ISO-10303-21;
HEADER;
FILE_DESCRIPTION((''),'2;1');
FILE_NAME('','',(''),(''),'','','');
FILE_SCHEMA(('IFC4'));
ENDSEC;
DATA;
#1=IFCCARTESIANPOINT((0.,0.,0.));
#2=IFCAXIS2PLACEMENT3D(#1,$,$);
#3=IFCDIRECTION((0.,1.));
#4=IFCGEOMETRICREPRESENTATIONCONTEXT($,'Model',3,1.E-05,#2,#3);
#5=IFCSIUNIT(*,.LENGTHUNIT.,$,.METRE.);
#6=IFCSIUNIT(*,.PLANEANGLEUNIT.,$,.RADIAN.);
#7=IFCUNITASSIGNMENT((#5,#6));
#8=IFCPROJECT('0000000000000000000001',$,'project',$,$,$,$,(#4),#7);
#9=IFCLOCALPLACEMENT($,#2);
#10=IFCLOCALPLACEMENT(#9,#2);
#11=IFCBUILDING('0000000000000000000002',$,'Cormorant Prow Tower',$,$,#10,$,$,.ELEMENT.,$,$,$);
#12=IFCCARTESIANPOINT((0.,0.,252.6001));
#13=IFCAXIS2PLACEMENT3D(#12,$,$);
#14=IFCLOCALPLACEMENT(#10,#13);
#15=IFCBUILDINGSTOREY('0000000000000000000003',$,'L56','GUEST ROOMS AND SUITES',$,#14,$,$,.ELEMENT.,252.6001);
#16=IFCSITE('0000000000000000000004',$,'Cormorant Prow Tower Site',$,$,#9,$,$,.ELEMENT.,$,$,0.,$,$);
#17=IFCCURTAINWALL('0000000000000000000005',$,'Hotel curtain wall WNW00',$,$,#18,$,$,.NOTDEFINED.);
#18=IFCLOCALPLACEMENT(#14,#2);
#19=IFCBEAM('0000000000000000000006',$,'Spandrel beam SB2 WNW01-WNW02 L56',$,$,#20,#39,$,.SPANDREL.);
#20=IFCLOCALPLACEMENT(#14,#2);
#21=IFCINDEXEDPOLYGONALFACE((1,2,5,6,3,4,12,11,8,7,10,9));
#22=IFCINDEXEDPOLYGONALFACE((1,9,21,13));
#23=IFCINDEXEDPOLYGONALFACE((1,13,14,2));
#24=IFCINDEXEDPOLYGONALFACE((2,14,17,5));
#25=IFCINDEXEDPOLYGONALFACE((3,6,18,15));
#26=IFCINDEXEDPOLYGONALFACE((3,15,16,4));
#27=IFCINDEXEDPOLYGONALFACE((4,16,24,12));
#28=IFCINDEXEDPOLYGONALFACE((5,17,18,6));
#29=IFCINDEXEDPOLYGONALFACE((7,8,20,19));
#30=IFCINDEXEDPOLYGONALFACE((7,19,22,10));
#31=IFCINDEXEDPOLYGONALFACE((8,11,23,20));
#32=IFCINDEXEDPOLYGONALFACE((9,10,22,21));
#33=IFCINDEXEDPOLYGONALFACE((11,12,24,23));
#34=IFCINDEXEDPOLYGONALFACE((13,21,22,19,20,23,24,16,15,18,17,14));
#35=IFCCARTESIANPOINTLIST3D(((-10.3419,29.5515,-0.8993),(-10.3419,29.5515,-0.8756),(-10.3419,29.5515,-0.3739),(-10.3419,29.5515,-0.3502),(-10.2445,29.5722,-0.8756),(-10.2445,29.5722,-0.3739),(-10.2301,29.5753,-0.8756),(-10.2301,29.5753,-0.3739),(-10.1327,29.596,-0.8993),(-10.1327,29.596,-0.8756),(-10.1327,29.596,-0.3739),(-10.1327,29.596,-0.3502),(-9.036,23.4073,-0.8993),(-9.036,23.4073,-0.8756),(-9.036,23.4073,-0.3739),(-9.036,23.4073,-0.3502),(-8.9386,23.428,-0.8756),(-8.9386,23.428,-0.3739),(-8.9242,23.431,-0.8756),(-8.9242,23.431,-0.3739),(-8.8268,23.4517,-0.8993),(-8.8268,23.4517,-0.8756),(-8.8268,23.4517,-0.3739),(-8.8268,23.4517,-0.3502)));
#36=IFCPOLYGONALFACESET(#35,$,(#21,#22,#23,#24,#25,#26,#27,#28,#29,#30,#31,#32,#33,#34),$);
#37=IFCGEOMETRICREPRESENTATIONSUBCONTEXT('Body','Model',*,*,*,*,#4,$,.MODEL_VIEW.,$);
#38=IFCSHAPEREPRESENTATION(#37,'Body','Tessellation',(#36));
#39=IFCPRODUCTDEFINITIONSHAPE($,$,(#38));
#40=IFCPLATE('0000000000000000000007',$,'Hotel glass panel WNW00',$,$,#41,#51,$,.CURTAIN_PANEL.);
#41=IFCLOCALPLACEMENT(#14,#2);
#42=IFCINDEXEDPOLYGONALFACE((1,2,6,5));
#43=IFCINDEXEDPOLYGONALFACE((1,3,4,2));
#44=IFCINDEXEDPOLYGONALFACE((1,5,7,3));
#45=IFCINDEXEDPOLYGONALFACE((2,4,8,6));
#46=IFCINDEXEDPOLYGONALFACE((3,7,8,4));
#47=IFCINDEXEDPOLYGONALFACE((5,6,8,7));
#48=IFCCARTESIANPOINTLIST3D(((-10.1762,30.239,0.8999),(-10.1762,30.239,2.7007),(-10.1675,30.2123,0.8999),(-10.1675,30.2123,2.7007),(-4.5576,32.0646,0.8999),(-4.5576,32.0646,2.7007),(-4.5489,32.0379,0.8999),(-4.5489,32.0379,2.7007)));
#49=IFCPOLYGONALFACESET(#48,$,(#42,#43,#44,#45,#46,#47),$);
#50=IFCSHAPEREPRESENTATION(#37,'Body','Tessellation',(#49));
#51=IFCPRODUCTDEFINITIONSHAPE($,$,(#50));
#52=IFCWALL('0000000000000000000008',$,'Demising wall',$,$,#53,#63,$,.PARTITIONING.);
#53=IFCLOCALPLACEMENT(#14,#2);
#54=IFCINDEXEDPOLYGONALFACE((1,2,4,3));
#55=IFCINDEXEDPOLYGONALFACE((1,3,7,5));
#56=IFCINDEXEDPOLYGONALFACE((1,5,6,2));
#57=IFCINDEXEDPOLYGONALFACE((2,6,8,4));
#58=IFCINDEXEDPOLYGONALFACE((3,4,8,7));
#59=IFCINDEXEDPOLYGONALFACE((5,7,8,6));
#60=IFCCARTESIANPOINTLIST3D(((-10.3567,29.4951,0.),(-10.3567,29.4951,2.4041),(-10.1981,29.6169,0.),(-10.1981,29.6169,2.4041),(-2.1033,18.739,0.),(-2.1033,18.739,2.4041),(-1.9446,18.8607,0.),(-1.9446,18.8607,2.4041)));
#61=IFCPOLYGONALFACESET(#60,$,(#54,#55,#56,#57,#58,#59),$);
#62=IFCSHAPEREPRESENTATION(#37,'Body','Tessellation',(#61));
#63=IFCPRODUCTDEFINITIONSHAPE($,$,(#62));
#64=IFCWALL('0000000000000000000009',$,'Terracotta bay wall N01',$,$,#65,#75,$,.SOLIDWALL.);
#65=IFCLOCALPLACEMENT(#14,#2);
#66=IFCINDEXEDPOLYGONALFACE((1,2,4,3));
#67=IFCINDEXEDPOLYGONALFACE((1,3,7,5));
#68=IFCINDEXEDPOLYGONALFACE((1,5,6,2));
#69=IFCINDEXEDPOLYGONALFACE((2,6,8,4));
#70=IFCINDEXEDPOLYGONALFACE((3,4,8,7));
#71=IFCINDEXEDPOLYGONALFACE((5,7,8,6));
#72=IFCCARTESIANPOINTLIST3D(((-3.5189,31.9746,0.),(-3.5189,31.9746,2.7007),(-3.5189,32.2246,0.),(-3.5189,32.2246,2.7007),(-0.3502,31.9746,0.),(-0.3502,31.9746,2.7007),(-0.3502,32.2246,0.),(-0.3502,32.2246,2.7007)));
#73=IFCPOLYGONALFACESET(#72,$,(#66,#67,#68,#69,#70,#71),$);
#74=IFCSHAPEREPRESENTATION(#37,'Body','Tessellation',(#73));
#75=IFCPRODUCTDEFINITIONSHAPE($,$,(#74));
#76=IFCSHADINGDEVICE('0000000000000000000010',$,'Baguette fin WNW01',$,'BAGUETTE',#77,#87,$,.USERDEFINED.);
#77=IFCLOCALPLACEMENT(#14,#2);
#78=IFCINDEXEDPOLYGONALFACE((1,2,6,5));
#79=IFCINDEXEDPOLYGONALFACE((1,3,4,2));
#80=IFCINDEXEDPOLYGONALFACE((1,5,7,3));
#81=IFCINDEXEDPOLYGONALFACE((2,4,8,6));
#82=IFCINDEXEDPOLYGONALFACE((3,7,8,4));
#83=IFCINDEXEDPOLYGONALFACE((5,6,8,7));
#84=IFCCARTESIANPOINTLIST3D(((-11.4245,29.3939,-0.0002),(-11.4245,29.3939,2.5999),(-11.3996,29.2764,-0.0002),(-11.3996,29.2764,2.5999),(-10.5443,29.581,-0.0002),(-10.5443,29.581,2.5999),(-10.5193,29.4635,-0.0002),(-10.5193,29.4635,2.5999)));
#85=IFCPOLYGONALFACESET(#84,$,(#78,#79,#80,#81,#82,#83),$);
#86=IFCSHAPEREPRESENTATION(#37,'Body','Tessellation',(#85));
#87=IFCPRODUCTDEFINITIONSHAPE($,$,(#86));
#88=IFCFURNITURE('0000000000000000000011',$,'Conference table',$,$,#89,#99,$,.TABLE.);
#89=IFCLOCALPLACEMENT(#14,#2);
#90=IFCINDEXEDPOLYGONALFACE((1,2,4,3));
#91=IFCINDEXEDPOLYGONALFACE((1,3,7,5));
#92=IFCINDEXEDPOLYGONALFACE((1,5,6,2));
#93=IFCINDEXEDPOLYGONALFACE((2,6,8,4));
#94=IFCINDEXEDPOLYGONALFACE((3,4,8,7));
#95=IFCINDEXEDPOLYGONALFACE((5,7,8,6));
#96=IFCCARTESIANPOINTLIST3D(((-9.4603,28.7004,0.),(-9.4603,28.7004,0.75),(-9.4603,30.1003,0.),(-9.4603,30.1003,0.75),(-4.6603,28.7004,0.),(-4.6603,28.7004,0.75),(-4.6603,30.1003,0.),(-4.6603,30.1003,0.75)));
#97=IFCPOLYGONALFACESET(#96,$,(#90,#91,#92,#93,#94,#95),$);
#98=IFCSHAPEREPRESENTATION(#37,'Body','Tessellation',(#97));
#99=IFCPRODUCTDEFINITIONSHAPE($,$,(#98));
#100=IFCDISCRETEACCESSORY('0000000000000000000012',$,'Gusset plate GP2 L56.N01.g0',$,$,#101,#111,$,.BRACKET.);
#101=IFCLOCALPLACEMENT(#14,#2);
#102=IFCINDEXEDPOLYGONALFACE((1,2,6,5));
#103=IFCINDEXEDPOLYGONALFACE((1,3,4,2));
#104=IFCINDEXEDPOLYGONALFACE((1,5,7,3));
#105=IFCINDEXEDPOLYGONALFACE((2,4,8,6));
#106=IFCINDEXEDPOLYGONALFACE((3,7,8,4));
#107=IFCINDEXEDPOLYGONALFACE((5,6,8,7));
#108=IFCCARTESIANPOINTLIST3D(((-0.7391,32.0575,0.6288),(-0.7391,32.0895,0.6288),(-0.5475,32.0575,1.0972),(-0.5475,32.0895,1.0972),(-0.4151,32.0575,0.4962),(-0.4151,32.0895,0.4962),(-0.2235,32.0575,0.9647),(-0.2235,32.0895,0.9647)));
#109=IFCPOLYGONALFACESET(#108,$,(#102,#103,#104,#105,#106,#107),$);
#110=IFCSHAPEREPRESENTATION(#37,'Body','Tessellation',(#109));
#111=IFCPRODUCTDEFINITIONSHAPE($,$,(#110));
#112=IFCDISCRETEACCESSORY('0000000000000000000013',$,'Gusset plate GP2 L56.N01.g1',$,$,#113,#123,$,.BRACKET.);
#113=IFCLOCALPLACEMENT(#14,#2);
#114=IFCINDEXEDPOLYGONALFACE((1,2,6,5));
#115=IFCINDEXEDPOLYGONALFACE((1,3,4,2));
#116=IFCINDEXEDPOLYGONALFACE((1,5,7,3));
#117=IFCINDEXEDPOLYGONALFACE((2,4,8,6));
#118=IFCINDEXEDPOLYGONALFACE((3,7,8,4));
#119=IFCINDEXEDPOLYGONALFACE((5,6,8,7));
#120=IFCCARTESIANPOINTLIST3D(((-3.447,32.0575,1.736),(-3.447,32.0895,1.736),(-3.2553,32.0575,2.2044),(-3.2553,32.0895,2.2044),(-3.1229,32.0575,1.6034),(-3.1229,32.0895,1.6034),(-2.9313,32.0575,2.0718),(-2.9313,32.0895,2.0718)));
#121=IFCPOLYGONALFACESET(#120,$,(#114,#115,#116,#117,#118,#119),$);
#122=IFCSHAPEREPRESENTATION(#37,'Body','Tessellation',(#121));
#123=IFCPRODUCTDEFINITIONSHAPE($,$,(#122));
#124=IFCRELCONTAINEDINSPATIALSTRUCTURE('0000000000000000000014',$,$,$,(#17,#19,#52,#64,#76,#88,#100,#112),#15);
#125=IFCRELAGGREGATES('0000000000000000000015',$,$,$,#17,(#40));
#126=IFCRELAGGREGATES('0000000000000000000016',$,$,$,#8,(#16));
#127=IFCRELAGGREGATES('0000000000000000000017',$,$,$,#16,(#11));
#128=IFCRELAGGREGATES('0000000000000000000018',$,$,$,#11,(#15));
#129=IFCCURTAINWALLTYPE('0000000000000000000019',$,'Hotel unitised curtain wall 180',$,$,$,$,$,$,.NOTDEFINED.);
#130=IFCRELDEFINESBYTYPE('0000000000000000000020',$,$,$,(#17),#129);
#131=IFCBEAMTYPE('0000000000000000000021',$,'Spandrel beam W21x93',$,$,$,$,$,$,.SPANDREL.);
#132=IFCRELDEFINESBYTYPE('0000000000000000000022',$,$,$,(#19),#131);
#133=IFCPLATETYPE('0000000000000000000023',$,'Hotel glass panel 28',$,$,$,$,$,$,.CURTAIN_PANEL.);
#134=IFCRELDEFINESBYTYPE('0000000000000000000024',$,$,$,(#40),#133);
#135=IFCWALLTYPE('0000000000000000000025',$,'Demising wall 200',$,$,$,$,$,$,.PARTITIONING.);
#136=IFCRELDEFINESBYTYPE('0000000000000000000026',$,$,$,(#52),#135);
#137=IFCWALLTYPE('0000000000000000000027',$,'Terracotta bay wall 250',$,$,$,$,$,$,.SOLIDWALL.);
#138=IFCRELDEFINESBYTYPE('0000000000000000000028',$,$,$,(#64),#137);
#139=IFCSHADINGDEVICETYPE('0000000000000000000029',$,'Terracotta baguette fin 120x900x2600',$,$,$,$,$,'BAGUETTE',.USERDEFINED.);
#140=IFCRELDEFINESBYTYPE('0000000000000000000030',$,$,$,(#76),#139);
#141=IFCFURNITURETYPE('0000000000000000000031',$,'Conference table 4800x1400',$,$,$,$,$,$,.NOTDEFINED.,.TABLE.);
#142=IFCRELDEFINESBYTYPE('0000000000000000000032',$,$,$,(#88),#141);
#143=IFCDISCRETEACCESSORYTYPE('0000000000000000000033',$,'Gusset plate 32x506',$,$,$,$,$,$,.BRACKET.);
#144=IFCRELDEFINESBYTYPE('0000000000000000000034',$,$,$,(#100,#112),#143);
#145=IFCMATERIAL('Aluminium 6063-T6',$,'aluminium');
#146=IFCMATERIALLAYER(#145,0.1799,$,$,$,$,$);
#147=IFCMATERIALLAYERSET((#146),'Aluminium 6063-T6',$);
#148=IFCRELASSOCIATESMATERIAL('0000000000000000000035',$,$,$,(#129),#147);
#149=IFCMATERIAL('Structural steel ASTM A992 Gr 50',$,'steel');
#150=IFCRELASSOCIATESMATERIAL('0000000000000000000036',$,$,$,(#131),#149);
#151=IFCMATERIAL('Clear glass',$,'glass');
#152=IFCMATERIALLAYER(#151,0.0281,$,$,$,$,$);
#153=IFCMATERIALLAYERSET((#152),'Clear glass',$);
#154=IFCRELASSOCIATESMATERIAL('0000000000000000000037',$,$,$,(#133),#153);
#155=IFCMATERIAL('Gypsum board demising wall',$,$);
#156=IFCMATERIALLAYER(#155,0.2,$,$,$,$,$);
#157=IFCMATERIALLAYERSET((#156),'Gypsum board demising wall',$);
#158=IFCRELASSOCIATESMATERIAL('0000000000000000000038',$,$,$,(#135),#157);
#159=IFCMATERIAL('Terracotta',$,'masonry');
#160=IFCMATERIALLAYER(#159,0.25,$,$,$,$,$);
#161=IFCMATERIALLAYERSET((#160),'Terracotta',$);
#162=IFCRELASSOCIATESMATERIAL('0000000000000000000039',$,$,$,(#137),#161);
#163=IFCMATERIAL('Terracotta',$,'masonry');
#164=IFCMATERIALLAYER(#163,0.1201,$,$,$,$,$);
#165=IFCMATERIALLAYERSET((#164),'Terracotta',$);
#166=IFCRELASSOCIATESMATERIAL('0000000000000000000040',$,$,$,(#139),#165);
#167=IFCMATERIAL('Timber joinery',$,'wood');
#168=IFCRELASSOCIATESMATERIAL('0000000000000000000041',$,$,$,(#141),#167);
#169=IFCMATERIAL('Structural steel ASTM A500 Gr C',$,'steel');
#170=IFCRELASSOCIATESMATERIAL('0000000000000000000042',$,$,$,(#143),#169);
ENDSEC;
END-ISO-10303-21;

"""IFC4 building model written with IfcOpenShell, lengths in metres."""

from ifc_helpers import new_model, si_unit, direction, frame, frame_2d, origin, origin_2d, place, context, subcontext, project, spatial, rectangle, i_section, extrude, material, layer, layer_set, material_profile, profile_set, type_object, element, aggregate, save


model = new_model("IFC4")

# Units and contexts
model_context = context("Model", 3, precision=1e-05, world=origin(), true_north=direction((0.0, 1.0)))
body_context = subcontext(model_context, "Body", "Model", "MODEL_VIEW")
ifc_project = project(units=[si_unit("LENGTHUNIT", "METRE"), si_unit("PLANEANGLEUNIT", "RADIAN")], contexts=[model_context])

# Site, building, storey
site_placement = place(None, origin())
site = spatial("IfcSite", under=ifc_project, at=site_placement, Name="Cormorant Prow Tower Site", CompositionType="ELEMENT", RefElevation=0.0)
building_placement = place(site_placement, origin())
building = spatial("IfcBuilding", under=site, at=building_placement, Name="Cormorant Prow Tower", CompositionType="ELEMENT")
storey_placement = place(building_placement, frame((0.0, 0.0, 252.6001)))
storey = spatial("IfcBuildingStorey", under=building, at=storey_placement, Name="L56", Description="GUEST ROOMS AND SUITES", CompositionType="ELEMENT", Elevation=252.6001)

# Curtain wall
ifc_material_1 = material(Name="Aluminium 6063-T6", Category="aluminium")
ifc_layer_1 = layer(ifc_material_1, 0.1799)
ifc_layer_set_1 = layer_set([ifc_layer_1], Name="Aluminium 6063-T6")
curtain_wall_type = type_object("IfcCurtainWallType", Name="Hotel unitised curtain wall 180", PredefinedType="NOTDEFINED", material=ifc_layer_set_1)
curtain_wall_1_placement = place(storey_placement, origin())
curtain_wall_1 = element("IfcCurtainWall", 1, at=curtain_wall_1_placement, inside=storey, type_object=curtain_wall_type, Name="Hotel curtain wall WNW00", PredefinedType="NOTDEFINED")

# Beam
ifc_material_2 = material(Name="Structural steel ASTM A992 Gr 50", Category="steel")
ifc_material_profile_1 = material_profile(ifc_material_2, i_section(OverallWidth=0.2139, OverallDepth=0.5491, WebThickness=0.0146, FlangeThickness=0.0237, at=origin_2d()), Name="W21x93")
ifc_profile_set_1 = profile_set([ifc_material_profile_1], Name="Structural steel ASTM A992 Gr 50")
beam_type = type_object("IfcBeamType", Name="Spandrel beam W21x93", PredefinedType="SPANDREL", material=ifc_profile_set_1)
for number, where, z_axis, x_axis, name in (
    (2, (-10.2373, 29.5737, -0.6248), (0.207896, -0.978151, 0.0), (0.978151, 0.207896, 0.0), "Spandrel beam SB2 WNW01-WNW02 L56"),
):
    element("IfcBeam", number, at=place(storey_placement, frame(where, z_axis=z_axis, x_axis=x_axis)), inside=storey, type_object=beam_type, Name=name, PredefinedType="SPANDREL", context=body_context, shape_type="SweptSolid", body=[
        extrude(i_section(OverallWidth=0.2139, OverallDepth=0.5491, WebThickness=0.0146, FlangeThickness=0.0237, at=origin_2d()), origin(), (0.0, 0.0, 1.0), 6.2815),
    ])

# Plate
ifc_material_3 = material(Name="Clear glass", Category="glass")
ifc_layer_2 = layer(ifc_material_3, 0.0281)
ifc_layer_set_2 = layer_set([ifc_layer_2], Name="Clear glass")
plate_type = type_object("IfcPlateType", Name="Hotel glass panel 28", PredefinedType="CURTAIN_PANEL", material=ifc_layer_set_2)
plate_placement = place(storey_placement, frame((-7.3625, 31.1384, 0.8999), z_axis=(0.0, 0.0, 1.0), x_axis=(-0.951057, -0.309017, 0.0)))
plate = element("IfcPlate", 3, at=plate_placement, type_object=plate_type, Name="Hotel glass panel WNW00", PredefinedType="CURTAIN_PANEL", context=body_context, shape_type="SweptSolid", body=[
    extrude(rectangle(XDim=5.9077, YDim=0.0281, at=origin_2d()), origin(), (0.0, 0.0, 1.0), 1.8008),
])
aggregate(curtain_wall_1, [plate])

# Walls
ifc_material_4 = material(Name="Gypsum board demising wall")
ifc_layer_3 = layer(ifc_material_4, 0.2)
ifc_layer_set_3 = layer_set([ifc_layer_3], Name="Gypsum board demising wall")
wall_type_1 = type_object("IfcWallType", Name="Demising wall 200", PredefinedType="PARTITIONING", material=ifc_layer_set_3)
wall_1_placement = place(storey_placement, frame((-10.2773, 29.5559, 0.0), z_axis=(0.0, 0.0, 1.0), x_axis=(0.60876, -0.793354, 0.0)))
element("IfcWall", 4, at=wall_1_placement, inside=storey, type_object=wall_type_1, Name="Demising wall", PredefinedType="PARTITIONING", context=body_context, shape_type="SweptSolid", body=[
    extrude(rectangle(XDim=13.5579, YDim=0.2, at=frame_2d((6.7788, 0.0))), origin(), (0.0, 0.0, 1.0), 2.4041),
])
ifc_material_5 = material(Name="Terracotta", Category="masonry")
ifc_layer_4 = layer(ifc_material_5, 0.25)
ifc_layer_set_4 = layer_set([ifc_layer_4], Name="Terracotta")
wall_type_2 = type_object("IfcWallType", Name="Terracotta bay wall 250", PredefinedType="SOLIDWALL", material=ifc_layer_set_4)
wall_2_placement = place(storey_placement, frame((-0.3501, 32.0996, 0.0), z_axis=(0.0, 0.0, 1.0), x_axis=(-1.0, 0.0, 0.0)))
element("IfcWall", 5, at=wall_2_placement, inside=storey, type_object=wall_type_2, Name="Terracotta bay wall N01", PredefinedType="SOLIDWALL", context=body_context, shape_type="SweptSolid", body=[
    extrude(rectangle(XDim=3.1687, YDim=0.25, at=frame_2d((1.5845, 0.0))), origin(), (0.0, 0.0, 1.0), 2.7007),
])

# Shading device
ifc_material_6 = material(Name="Terracotta", Category="masonry")
ifc_layer_5 = layer(ifc_material_6, 0.1201)
ifc_layer_set_5 = layer_set([ifc_layer_5], Name="Terracotta")
shading_device_type = type_object("IfcShadingDeviceType", Name="Terracotta baguette fin 120x900x2600", ElementType="BAGUETTE", PredefinedType="USERDEFINED", material=ifc_layer_set_5)
shading_device_placement = place(storey_placement, frame((-10.9719, 29.4287, -0.0002), z_axis=(0.0, 0.0, 1.0), x_axis=(0.207912, -0.978148, 0.0)))
element("IfcShadingDevice", 6, at=shading_device_placement, inside=storey, type_object=shading_device_type, Name="Baguette fin WNW01", ObjectType="BAGUETTE", PredefinedType="USERDEFINED", context=body_context, shape_type="SweptSolid", body=[
    extrude(rectangle(XDim=0.1201, YDim=0.8999, at=origin_2d()), origin(), (0.0, 0.0, 1.0), 2.6001),
])

# Furniture
ifc_material_7 = material(Name="Timber joinery", Category="wood")
furniture_type = type_object("IfcFurnitureType", Name="Conference table 4800x1400", AssemblyPlace="NOTDEFINED", PredefinedType="TABLE", material=ifc_material_7)
furniture_placement = place(storey_placement, frame((-7.0603, 29.4004, 0.0), z_axis=(0.0, 0.0, 1.0), x_axis=(1.0, 0.0, 0.0)))
element("IfcFurniture", 7, at=furniture_placement, inside=storey, type_object=furniture_type, Name="Conference table", PredefinedType="TABLE", context=body_context, shape_type="SweptSolid", body=[
    extrude(rectangle(XDim=4.8, YDim=1.3999, at=origin_2d()), origin(), (0.0, 0.0, 1.0), 0.75),
])

# Discrete accessories
ifc_material_8 = material(Name="Structural steel ASTM A500 Gr C", Category="steel")
ifc_material_profile_2 = material_profile(ifc_material_8, rectangle(XDim=0.032, YDim=0.5061, at=origin_2d()), Name="Gusset plate 32x506")
ifc_profile_set_2 = profile_set([ifc_material_profile_2], Name="Structural steel ASTM A500 Gr C")
discrete_accessory_type = type_object("IfcDiscreteAccessoryType", Name="Gusset plate 32x506", PredefinedType="BRACKET", material=ifc_profile_set_2)
for number, where, z_axis, x_axis, name in (
    (8, (-0.6433, 32.0735, 0.863), (0.925514, 0.0, -0.378714), (0.0, 1.0, 0.0), "Gusset plate GP2 L56.N01.g0"),
    (9, (-3.0271, 32.0735, 1.8376), (-0.925514, 0.0, 0.378714), (0.0, -1.0, 0.0), "Gusset plate GP2 L56.N01.g1"),
):
    element("IfcDiscreteAccessory", number, at=place(storey_placement, frame(where, z_axis=z_axis, x_axis=x_axis)), inside=storey, type_object=discrete_accessory_type, Name=name, PredefinedType="BRACKET", context=body_context, shape_type="SweptSolid", body=[
        extrude(rectangle(XDim=0.032, YDim=0.5061, at=origin_2d()), origin(), (0.0, 0.0, 1.0), 0.3501),
    ])

save(model, "model.ifc")
